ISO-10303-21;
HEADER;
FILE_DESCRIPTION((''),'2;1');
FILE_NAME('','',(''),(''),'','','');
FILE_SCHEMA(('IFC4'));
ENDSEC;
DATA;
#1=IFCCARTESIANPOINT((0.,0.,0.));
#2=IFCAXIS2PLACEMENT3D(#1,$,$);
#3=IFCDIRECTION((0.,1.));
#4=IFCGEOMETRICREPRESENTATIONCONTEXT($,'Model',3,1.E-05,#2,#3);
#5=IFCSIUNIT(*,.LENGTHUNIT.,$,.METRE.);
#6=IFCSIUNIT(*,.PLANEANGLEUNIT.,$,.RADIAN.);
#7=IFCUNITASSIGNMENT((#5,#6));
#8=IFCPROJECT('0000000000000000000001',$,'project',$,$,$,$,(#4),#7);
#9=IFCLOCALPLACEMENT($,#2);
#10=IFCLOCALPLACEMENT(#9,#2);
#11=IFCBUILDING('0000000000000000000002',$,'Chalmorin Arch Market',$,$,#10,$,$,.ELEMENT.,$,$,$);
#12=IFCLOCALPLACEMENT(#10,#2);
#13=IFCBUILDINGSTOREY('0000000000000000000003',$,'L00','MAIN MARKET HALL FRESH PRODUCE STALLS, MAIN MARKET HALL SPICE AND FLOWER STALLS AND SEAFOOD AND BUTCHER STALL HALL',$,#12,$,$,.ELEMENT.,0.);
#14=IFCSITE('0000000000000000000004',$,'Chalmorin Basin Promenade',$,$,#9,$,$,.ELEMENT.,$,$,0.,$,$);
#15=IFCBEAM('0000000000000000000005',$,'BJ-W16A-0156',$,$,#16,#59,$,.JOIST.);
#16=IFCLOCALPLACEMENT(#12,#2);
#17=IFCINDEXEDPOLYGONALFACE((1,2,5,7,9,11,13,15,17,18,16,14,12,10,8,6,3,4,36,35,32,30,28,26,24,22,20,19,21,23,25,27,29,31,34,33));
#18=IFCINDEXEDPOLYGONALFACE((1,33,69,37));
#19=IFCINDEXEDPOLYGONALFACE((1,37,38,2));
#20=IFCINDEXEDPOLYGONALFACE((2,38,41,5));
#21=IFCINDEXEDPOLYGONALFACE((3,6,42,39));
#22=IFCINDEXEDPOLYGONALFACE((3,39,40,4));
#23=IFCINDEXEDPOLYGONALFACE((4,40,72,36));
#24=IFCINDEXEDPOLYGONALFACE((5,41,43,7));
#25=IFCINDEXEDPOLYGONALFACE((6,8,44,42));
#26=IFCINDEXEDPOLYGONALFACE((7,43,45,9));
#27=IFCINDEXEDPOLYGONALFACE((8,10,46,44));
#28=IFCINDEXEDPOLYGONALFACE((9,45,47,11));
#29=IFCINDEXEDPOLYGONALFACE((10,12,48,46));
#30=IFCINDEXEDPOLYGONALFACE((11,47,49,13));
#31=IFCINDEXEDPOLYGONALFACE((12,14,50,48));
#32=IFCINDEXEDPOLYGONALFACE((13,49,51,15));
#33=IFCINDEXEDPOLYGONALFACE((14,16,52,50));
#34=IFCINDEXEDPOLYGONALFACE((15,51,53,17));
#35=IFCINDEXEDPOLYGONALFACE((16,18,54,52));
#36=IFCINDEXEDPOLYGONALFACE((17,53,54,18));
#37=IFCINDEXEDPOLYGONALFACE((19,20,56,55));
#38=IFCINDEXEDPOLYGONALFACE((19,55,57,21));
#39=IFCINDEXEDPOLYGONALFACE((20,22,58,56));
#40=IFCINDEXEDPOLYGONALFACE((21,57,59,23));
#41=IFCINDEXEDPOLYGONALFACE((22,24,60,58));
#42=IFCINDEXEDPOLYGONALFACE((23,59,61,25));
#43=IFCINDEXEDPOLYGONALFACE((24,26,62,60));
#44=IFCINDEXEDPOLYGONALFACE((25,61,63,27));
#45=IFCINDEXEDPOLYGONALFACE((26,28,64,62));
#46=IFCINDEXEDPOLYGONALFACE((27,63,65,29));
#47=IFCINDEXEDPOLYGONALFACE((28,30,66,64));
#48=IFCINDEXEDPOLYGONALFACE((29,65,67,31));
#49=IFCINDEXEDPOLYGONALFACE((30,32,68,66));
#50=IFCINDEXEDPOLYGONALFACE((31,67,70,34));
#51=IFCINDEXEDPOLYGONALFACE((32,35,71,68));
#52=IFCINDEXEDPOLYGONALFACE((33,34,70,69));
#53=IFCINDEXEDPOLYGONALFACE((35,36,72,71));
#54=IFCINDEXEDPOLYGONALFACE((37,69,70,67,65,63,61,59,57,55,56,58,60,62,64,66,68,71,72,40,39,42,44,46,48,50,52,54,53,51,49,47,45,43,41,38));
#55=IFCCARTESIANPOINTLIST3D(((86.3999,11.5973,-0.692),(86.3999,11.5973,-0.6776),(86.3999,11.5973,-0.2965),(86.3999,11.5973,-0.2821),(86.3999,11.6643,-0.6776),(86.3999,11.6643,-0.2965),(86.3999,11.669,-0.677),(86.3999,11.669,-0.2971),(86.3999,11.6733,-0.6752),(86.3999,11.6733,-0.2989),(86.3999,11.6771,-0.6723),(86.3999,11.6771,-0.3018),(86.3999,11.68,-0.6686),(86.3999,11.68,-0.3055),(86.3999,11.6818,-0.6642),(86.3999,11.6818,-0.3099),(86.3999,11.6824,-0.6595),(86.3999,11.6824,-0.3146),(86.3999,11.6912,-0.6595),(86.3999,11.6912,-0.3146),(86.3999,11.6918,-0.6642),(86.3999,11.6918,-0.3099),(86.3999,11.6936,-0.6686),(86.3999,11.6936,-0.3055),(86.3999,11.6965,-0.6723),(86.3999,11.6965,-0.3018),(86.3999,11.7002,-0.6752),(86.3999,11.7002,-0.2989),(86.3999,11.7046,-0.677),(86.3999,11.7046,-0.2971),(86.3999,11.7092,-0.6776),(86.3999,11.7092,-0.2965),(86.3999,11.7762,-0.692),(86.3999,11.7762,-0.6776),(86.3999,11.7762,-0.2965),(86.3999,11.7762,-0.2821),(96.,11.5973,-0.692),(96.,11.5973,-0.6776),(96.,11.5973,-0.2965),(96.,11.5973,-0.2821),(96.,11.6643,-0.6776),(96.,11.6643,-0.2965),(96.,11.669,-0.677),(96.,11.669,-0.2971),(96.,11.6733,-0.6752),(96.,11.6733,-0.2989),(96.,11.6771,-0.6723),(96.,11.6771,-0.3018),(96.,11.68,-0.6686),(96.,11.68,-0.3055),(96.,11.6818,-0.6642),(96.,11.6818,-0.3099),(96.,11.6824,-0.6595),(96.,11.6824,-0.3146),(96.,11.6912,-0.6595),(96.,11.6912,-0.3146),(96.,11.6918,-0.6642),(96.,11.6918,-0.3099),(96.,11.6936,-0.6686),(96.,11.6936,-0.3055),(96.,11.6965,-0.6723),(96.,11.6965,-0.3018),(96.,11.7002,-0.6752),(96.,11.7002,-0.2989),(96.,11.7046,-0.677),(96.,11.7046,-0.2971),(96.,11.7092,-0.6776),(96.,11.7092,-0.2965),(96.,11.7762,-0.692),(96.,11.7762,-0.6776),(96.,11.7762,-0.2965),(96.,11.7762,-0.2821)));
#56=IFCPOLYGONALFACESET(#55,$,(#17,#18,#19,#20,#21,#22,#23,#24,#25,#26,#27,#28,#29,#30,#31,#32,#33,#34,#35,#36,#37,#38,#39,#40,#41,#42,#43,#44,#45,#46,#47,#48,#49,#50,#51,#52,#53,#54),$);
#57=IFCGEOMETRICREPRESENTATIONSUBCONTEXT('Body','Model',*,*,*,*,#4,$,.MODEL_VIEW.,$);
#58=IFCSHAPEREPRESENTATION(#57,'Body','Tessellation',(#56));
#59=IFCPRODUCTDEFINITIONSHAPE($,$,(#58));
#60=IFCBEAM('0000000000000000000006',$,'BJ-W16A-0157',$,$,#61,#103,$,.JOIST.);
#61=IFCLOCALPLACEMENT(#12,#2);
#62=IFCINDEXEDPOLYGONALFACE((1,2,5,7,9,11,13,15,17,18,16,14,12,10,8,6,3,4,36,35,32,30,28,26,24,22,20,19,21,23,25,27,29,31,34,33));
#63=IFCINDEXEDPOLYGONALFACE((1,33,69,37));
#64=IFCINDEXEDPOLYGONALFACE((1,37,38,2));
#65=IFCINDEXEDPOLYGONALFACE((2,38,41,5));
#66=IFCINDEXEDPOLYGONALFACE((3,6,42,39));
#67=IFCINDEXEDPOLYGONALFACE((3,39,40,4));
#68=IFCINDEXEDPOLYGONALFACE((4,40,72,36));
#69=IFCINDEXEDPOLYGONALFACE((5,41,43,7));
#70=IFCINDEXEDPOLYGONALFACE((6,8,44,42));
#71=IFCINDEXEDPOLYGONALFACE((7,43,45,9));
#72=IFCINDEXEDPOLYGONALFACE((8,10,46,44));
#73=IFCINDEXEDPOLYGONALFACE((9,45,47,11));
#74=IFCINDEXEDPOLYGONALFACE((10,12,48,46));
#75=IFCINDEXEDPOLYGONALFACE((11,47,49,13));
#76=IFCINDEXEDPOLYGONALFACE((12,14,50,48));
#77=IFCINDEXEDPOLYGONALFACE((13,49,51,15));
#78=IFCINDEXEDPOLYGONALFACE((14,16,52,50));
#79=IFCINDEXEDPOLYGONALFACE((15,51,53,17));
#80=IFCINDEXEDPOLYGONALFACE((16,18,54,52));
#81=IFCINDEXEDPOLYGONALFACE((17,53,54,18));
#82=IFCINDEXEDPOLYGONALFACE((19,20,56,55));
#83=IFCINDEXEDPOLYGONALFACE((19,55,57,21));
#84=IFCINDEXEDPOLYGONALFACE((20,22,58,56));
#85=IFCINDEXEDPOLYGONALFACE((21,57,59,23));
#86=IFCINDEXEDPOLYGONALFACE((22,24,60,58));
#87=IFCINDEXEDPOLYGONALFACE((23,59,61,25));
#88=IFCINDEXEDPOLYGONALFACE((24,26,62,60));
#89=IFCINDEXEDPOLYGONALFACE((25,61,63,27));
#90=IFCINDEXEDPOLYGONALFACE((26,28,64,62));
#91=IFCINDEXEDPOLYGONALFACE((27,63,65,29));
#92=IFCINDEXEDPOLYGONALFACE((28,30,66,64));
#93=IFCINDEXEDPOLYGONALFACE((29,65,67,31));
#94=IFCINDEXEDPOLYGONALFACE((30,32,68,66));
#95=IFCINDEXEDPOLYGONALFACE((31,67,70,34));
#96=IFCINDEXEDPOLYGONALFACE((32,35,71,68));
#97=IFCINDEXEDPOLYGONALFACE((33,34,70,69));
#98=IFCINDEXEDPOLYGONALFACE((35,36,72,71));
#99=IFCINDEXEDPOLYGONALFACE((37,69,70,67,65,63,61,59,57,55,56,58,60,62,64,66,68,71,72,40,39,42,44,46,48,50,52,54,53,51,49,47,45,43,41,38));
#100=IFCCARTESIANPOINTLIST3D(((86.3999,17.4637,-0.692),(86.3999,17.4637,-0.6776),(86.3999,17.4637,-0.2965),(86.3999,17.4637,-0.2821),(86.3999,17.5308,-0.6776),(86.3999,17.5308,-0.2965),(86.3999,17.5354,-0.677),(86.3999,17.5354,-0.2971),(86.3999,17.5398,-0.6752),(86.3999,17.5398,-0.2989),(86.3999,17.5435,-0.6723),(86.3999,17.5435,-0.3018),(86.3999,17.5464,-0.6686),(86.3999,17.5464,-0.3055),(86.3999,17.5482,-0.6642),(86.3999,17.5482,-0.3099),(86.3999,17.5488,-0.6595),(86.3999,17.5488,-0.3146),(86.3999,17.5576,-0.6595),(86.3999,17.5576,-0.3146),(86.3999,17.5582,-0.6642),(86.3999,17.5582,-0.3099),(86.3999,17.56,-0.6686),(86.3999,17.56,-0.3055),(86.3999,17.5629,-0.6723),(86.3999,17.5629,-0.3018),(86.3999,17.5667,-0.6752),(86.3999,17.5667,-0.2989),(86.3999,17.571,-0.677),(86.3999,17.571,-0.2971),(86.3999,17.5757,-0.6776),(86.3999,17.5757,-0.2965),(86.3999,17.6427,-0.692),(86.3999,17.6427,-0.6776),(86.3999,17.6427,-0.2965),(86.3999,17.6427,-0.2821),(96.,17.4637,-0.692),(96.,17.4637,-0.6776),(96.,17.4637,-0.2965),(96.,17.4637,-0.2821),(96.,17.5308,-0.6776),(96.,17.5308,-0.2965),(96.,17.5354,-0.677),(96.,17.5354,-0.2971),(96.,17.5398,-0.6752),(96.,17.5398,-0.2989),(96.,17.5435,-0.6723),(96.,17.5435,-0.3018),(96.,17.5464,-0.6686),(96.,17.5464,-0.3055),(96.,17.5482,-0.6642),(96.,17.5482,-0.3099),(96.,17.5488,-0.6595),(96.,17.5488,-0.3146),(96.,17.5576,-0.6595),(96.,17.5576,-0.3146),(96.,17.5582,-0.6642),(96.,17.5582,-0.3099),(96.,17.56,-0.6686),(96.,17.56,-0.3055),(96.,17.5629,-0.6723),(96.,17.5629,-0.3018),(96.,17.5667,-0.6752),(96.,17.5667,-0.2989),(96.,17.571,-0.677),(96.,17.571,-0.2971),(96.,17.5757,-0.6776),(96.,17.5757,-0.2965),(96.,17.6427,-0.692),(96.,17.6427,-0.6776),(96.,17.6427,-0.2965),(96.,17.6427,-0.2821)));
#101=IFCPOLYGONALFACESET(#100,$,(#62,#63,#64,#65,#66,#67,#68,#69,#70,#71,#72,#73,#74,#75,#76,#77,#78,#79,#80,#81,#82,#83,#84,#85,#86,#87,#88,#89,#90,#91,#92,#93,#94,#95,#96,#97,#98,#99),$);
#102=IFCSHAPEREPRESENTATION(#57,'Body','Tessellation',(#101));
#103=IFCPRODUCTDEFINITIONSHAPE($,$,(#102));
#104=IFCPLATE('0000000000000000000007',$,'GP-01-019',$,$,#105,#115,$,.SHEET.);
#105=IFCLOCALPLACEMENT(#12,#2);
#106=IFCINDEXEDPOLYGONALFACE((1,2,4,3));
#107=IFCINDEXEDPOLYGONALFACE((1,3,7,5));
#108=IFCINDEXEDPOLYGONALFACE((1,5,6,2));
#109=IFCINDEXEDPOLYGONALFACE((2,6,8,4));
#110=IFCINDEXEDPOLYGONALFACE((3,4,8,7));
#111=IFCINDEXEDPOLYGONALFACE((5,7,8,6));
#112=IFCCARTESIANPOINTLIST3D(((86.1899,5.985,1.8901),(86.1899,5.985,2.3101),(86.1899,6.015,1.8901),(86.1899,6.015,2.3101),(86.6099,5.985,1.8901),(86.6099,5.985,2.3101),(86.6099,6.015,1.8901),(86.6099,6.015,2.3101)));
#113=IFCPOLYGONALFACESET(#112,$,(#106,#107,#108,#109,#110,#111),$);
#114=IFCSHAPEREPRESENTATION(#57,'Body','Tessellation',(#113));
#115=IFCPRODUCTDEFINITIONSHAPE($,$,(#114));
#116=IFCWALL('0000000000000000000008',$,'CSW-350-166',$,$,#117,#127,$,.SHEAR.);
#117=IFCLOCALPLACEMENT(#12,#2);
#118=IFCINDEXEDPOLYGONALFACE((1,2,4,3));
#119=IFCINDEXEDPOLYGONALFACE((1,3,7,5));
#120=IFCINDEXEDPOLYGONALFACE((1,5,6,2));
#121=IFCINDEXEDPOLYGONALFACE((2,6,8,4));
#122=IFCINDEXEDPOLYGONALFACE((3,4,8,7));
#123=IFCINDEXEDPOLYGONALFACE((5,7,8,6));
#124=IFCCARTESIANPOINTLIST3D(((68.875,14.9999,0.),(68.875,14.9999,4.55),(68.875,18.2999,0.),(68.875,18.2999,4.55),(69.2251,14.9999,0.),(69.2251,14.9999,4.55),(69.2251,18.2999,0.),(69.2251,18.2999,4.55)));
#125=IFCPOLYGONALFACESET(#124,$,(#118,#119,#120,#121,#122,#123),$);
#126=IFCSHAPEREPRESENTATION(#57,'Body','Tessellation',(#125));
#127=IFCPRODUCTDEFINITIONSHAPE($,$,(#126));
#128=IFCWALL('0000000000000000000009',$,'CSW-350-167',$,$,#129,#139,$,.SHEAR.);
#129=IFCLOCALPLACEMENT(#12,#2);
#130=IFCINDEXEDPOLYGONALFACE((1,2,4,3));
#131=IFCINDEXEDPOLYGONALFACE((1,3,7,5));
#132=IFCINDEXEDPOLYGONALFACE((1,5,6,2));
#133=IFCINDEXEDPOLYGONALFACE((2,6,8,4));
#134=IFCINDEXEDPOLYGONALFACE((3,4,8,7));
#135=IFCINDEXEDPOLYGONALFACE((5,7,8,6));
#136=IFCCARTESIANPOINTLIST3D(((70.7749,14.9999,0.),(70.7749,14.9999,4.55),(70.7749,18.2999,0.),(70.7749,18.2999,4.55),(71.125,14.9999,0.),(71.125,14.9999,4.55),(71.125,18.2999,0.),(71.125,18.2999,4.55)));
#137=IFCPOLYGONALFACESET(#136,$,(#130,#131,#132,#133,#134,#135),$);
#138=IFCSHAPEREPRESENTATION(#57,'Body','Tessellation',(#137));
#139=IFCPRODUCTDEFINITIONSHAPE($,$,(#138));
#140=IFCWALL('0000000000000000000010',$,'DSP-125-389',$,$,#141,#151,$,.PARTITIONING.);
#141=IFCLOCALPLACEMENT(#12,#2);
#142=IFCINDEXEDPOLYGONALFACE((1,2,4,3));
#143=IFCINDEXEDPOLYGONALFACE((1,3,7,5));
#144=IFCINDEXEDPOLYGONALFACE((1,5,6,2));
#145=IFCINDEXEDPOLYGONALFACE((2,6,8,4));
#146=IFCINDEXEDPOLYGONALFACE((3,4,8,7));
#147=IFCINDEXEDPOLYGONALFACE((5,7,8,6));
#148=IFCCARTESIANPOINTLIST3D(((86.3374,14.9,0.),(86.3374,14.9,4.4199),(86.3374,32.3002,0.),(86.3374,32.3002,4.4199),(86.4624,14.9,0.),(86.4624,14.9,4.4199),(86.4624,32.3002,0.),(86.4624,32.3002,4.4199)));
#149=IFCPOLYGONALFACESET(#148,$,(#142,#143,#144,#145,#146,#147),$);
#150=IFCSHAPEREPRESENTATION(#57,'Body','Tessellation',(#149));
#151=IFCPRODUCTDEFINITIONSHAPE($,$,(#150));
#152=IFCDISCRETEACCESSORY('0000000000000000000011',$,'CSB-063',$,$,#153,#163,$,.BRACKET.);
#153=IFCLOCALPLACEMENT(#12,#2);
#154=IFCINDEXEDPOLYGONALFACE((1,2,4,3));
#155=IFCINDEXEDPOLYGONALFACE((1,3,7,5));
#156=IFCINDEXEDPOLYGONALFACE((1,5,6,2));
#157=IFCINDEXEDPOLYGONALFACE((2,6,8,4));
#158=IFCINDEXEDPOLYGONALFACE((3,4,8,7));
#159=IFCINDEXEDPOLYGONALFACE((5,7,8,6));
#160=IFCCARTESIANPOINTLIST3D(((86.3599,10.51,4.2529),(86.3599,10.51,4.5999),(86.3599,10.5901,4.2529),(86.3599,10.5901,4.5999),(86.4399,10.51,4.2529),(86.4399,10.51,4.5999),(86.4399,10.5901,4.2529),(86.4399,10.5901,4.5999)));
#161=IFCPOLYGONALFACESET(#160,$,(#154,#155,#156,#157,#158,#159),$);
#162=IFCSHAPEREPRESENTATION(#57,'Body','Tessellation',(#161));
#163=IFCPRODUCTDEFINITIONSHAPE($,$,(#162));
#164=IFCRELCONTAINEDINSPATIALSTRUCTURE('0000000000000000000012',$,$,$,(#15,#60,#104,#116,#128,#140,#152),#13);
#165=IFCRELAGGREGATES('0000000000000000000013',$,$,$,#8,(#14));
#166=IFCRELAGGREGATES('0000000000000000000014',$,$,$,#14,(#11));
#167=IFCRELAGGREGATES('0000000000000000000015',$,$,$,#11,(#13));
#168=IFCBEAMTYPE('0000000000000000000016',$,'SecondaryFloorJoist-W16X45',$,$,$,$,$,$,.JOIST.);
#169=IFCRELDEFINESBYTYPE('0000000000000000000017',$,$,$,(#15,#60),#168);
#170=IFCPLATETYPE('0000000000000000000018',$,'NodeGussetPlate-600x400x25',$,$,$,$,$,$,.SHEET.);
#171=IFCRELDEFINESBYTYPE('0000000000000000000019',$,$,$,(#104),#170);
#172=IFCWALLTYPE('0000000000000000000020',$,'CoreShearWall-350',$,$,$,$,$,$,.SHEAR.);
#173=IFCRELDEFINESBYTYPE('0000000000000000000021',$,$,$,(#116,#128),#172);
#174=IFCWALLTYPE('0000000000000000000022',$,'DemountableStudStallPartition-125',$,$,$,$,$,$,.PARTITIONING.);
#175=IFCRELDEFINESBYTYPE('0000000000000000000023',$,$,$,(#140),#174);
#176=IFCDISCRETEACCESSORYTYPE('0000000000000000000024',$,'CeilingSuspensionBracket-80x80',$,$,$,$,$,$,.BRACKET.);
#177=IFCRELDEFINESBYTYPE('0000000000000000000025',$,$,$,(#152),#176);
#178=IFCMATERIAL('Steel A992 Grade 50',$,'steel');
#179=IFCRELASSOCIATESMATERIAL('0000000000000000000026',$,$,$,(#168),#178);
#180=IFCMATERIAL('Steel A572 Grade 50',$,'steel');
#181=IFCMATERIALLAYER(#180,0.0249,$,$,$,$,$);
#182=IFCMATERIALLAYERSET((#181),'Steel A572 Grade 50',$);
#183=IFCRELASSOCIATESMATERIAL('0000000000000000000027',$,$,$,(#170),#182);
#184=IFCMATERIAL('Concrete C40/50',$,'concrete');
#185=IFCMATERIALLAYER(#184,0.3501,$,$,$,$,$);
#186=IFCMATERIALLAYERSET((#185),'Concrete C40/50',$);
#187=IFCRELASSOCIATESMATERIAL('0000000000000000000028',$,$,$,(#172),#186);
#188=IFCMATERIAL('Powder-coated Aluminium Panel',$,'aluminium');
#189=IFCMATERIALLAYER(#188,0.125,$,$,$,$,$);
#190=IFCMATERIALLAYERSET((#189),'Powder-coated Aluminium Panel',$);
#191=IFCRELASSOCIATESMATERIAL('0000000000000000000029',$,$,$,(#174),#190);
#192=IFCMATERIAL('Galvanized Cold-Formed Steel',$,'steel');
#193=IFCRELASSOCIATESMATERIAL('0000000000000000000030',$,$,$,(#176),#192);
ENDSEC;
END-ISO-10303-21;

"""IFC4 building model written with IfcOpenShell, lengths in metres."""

from ifc_helpers import new_model, si_unit, direction, frame, frame_2d, origin, origin_2d, place, context, subcontext, project, spatial, rectangle, i_section, extrude, material, layer, layer_set, material_profile, profile_set, type_object, element, save


model = new_model("IFC4")

# Units and contexts
model_context = context("Model", 3, precision=1e-05, world=origin(), true_north=direction((0.0, 1.0)))
body_context = subcontext(model_context, "Body", "Model", "MODEL_VIEW")
ifc_project = project(units=[si_unit("LENGTHUNIT", "METRE"), si_unit("PLANEANGLEUNIT", "RADIAN")], contexts=[model_context])

# Site, building, storey
site_placement = place(None, origin())
site = spatial("IfcSite", under=ifc_project, at=site_placement, Name="Chalmorin Basin Promenade", CompositionType="ELEMENT", RefElevation=0.0)
building_placement = place(site_placement, origin())
building = spatial("IfcBuilding", under=site, at=building_placement, Name="Chalmorin Arch Market", CompositionType="ELEMENT")
storey_placement = place(building_placement, origin())
storey = spatial("IfcBuildingStorey", under=building, at=storey_placement, Name="L00", Description="MAIN MARKET HALL FRESH PRODUCE STALLS, MAIN MARKET HALL SPICE AND FLOWER STALLS AND SEAFOOD AND BUTCHER STALL HALL", CompositionType="ELEMENT", Elevation=0.0)

# Shared definitions
ifc_material_1 = material(Name="Concrete C40/50", Category="concrete")

# Beams
ifc_material_2 = material(Name="Steel A992 Grade 50", Category="steel")
ifc_material_profile_1 = material_profile(ifc_material_2, i_section(OverallWidth=0.179, OverallDepth=0.4099, WebThickness=0.0088, FlangeThickness=0.0144, FilletRadius=0.0181, at=origin_2d()), Name="W16X45")
ifc_profile_set_1 = profile_set([ifc_material_profile_1], Name="Steel A992 Grade 50")
beam_type_1 = type_object("IfcBeamType", Name="SecondaryFloorJoist-W16X45", PredefinedType="JOIST", material=ifc_profile_set_1)
for number, where, z_axis, x_axis, name in (
    (1, (86.3999, 11.6868, -0.4871), (1.0, 0.0, 0.0), (0.0, 1.0, 0.0), "BJ-W16A-0156"),
    (2, (86.3999, 17.5532, -0.4871), (1.0, 0.0, 0.0), (0.0, 1.0, 0.0), "BJ-W16A-0157"),
):
    element("IfcBeam", number, at=place(storey_placement, frame(where, z_axis=z_axis, x_axis=x_axis)), inside=storey, type_object=beam_type_1, Name=name, PredefinedType="JOIST", context=body_context, shape_type="SweptSolid", body=[
        extrude(i_section(OverallWidth=0.179, OverallDepth=0.4099, WebThickness=0.0088, FlangeThickness=0.0144, FilletRadius=0.0181, at=origin_2d()), origin(), (0.0, 0.0, 1.0), 9.6001),
    ])

# Plate
ifc_material_3 = material(Name="Steel A572 Grade 50", Category="steel")
ifc_layer_1 = layer(ifc_material_3, 0.0249)
ifc_layer_set_1 = layer_set([ifc_layer_1], Name="Steel A572 Grade 50")
plate_type = type_object("IfcPlateType", Name="NodeGussetPlate-600x400x25", PredefinedType="SHEET", material=ifc_layer_set_1)
plate_placement = place(storey_placement, frame((86.3999, 6.0, 1.8901), z_axis=(0.0, 0.0, 1.0), x_axis=(1.0, 0.0, 0.0)))
element("IfcPlate", 3, at=plate_placement, inside=storey, type_object=plate_type, Name="GP-01-019", PredefinedType="SHEET", context=body_context, shape_type="SweptSolid", body=[
    extrude(rectangle(XDim=0.4199, YDim=0.03, at=origin_2d()), origin(), (0.0, 0.0, 1.0), 0.4199),
])

# Walls
ifc_layer_2 = layer(ifc_material_1, 0.3501)
ifc_layer_set_2 = layer_set([ifc_layer_2], Name="Concrete C40/50")
wall_type_1 = type_object("IfcWallType", Name="CoreShearWall-350", PredefinedType="SHEAR", material=ifc_layer_set_2)
for number, where, z_axis, x_axis, name in (
    (4, (69.05, 15.0, 0.0), (0.0, 0.0, 1.0), (0.0, 1.0, 0.0), "CSW-350-166"),
    (5, (70.95, 15.0, 0.0), (0.0, 0.0, 1.0), (0.0, 1.0, 0.0), "CSW-350-167"),
):
    element("IfcWall", number, at=place(storey_placement, frame(where, z_axis=z_axis, x_axis=x_axis)), inside=storey, type_object=wall_type_1, Name=name, PredefinedType="SHEAR", context=body_context, shape_type="SweptSolid", body=[
        extrude(rectangle(XDim=3.3, YDim=0.3501, at=frame_2d((1.6499, 0.0))), origin(), (0.0, 0.0, 1.0), 4.55),
    ])
ifc_material_4 = material(Name="Powder-coated Aluminium Panel", Category="aluminium")
ifc_layer_3 = layer(ifc_material_4, 0.125)
ifc_layer_set_3 = layer_set([ifc_layer_3], Name="Powder-coated Aluminium Panel")
wall_type_2 = type_object("IfcWallType", Name="DemountableStudStallPartition-125", PredefinedType="PARTITIONING", material=ifc_layer_set_3)
wall_placement = place(storey_placement, frame((86.3999, 14.8999, 0.0), z_axis=(0.0, 0.0, 1.0), x_axis=(0.0, 1.0, 0.0)))
element("IfcWall", 6, at=wall_placement, inside=storey, type_object=wall_type_2, Name="DSP-125-389", PredefinedType="PARTITIONING", context=body_context, shape_type="SweptSolid", body=[
    extrude(rectangle(XDim=17.4001, YDim=0.125, at=frame_2d((8.7002, 0.0))), origin(), (0.0, 0.0, 1.0), 4.4199),
])

# Discrete accessory
ifc_material_5 = material(Name="Galvanized Cold-Formed Steel", Category="steel")
discrete_accessory_type = type_object("IfcDiscreteAccessoryType", Name="CeilingSuspensionBracket-80x80", PredefinedType="BRACKET", material=ifc_material_5)
discrete_accessory_placement = place(storey_placement, frame((86.3999, 10.55, 4.2529), z_axis=(0.0, 0.0, 1.0), x_axis=(1.0, 0.0, 0.0)))
element("IfcDiscreteAccessory", 7, at=discrete_accessory_placement, inside=storey, type_object=discrete_accessory_type, Name="CSB-063", PredefinedType="BRACKET", context=body_context, shape_type="SweptSolid", body=[
    extrude(rectangle(XDim=0.0801, YDim=0.0801, at=origin_2d()), origin(), (0.0, 0.0, 1.0), 0.3469),
])

save(model, "model.ifc")
